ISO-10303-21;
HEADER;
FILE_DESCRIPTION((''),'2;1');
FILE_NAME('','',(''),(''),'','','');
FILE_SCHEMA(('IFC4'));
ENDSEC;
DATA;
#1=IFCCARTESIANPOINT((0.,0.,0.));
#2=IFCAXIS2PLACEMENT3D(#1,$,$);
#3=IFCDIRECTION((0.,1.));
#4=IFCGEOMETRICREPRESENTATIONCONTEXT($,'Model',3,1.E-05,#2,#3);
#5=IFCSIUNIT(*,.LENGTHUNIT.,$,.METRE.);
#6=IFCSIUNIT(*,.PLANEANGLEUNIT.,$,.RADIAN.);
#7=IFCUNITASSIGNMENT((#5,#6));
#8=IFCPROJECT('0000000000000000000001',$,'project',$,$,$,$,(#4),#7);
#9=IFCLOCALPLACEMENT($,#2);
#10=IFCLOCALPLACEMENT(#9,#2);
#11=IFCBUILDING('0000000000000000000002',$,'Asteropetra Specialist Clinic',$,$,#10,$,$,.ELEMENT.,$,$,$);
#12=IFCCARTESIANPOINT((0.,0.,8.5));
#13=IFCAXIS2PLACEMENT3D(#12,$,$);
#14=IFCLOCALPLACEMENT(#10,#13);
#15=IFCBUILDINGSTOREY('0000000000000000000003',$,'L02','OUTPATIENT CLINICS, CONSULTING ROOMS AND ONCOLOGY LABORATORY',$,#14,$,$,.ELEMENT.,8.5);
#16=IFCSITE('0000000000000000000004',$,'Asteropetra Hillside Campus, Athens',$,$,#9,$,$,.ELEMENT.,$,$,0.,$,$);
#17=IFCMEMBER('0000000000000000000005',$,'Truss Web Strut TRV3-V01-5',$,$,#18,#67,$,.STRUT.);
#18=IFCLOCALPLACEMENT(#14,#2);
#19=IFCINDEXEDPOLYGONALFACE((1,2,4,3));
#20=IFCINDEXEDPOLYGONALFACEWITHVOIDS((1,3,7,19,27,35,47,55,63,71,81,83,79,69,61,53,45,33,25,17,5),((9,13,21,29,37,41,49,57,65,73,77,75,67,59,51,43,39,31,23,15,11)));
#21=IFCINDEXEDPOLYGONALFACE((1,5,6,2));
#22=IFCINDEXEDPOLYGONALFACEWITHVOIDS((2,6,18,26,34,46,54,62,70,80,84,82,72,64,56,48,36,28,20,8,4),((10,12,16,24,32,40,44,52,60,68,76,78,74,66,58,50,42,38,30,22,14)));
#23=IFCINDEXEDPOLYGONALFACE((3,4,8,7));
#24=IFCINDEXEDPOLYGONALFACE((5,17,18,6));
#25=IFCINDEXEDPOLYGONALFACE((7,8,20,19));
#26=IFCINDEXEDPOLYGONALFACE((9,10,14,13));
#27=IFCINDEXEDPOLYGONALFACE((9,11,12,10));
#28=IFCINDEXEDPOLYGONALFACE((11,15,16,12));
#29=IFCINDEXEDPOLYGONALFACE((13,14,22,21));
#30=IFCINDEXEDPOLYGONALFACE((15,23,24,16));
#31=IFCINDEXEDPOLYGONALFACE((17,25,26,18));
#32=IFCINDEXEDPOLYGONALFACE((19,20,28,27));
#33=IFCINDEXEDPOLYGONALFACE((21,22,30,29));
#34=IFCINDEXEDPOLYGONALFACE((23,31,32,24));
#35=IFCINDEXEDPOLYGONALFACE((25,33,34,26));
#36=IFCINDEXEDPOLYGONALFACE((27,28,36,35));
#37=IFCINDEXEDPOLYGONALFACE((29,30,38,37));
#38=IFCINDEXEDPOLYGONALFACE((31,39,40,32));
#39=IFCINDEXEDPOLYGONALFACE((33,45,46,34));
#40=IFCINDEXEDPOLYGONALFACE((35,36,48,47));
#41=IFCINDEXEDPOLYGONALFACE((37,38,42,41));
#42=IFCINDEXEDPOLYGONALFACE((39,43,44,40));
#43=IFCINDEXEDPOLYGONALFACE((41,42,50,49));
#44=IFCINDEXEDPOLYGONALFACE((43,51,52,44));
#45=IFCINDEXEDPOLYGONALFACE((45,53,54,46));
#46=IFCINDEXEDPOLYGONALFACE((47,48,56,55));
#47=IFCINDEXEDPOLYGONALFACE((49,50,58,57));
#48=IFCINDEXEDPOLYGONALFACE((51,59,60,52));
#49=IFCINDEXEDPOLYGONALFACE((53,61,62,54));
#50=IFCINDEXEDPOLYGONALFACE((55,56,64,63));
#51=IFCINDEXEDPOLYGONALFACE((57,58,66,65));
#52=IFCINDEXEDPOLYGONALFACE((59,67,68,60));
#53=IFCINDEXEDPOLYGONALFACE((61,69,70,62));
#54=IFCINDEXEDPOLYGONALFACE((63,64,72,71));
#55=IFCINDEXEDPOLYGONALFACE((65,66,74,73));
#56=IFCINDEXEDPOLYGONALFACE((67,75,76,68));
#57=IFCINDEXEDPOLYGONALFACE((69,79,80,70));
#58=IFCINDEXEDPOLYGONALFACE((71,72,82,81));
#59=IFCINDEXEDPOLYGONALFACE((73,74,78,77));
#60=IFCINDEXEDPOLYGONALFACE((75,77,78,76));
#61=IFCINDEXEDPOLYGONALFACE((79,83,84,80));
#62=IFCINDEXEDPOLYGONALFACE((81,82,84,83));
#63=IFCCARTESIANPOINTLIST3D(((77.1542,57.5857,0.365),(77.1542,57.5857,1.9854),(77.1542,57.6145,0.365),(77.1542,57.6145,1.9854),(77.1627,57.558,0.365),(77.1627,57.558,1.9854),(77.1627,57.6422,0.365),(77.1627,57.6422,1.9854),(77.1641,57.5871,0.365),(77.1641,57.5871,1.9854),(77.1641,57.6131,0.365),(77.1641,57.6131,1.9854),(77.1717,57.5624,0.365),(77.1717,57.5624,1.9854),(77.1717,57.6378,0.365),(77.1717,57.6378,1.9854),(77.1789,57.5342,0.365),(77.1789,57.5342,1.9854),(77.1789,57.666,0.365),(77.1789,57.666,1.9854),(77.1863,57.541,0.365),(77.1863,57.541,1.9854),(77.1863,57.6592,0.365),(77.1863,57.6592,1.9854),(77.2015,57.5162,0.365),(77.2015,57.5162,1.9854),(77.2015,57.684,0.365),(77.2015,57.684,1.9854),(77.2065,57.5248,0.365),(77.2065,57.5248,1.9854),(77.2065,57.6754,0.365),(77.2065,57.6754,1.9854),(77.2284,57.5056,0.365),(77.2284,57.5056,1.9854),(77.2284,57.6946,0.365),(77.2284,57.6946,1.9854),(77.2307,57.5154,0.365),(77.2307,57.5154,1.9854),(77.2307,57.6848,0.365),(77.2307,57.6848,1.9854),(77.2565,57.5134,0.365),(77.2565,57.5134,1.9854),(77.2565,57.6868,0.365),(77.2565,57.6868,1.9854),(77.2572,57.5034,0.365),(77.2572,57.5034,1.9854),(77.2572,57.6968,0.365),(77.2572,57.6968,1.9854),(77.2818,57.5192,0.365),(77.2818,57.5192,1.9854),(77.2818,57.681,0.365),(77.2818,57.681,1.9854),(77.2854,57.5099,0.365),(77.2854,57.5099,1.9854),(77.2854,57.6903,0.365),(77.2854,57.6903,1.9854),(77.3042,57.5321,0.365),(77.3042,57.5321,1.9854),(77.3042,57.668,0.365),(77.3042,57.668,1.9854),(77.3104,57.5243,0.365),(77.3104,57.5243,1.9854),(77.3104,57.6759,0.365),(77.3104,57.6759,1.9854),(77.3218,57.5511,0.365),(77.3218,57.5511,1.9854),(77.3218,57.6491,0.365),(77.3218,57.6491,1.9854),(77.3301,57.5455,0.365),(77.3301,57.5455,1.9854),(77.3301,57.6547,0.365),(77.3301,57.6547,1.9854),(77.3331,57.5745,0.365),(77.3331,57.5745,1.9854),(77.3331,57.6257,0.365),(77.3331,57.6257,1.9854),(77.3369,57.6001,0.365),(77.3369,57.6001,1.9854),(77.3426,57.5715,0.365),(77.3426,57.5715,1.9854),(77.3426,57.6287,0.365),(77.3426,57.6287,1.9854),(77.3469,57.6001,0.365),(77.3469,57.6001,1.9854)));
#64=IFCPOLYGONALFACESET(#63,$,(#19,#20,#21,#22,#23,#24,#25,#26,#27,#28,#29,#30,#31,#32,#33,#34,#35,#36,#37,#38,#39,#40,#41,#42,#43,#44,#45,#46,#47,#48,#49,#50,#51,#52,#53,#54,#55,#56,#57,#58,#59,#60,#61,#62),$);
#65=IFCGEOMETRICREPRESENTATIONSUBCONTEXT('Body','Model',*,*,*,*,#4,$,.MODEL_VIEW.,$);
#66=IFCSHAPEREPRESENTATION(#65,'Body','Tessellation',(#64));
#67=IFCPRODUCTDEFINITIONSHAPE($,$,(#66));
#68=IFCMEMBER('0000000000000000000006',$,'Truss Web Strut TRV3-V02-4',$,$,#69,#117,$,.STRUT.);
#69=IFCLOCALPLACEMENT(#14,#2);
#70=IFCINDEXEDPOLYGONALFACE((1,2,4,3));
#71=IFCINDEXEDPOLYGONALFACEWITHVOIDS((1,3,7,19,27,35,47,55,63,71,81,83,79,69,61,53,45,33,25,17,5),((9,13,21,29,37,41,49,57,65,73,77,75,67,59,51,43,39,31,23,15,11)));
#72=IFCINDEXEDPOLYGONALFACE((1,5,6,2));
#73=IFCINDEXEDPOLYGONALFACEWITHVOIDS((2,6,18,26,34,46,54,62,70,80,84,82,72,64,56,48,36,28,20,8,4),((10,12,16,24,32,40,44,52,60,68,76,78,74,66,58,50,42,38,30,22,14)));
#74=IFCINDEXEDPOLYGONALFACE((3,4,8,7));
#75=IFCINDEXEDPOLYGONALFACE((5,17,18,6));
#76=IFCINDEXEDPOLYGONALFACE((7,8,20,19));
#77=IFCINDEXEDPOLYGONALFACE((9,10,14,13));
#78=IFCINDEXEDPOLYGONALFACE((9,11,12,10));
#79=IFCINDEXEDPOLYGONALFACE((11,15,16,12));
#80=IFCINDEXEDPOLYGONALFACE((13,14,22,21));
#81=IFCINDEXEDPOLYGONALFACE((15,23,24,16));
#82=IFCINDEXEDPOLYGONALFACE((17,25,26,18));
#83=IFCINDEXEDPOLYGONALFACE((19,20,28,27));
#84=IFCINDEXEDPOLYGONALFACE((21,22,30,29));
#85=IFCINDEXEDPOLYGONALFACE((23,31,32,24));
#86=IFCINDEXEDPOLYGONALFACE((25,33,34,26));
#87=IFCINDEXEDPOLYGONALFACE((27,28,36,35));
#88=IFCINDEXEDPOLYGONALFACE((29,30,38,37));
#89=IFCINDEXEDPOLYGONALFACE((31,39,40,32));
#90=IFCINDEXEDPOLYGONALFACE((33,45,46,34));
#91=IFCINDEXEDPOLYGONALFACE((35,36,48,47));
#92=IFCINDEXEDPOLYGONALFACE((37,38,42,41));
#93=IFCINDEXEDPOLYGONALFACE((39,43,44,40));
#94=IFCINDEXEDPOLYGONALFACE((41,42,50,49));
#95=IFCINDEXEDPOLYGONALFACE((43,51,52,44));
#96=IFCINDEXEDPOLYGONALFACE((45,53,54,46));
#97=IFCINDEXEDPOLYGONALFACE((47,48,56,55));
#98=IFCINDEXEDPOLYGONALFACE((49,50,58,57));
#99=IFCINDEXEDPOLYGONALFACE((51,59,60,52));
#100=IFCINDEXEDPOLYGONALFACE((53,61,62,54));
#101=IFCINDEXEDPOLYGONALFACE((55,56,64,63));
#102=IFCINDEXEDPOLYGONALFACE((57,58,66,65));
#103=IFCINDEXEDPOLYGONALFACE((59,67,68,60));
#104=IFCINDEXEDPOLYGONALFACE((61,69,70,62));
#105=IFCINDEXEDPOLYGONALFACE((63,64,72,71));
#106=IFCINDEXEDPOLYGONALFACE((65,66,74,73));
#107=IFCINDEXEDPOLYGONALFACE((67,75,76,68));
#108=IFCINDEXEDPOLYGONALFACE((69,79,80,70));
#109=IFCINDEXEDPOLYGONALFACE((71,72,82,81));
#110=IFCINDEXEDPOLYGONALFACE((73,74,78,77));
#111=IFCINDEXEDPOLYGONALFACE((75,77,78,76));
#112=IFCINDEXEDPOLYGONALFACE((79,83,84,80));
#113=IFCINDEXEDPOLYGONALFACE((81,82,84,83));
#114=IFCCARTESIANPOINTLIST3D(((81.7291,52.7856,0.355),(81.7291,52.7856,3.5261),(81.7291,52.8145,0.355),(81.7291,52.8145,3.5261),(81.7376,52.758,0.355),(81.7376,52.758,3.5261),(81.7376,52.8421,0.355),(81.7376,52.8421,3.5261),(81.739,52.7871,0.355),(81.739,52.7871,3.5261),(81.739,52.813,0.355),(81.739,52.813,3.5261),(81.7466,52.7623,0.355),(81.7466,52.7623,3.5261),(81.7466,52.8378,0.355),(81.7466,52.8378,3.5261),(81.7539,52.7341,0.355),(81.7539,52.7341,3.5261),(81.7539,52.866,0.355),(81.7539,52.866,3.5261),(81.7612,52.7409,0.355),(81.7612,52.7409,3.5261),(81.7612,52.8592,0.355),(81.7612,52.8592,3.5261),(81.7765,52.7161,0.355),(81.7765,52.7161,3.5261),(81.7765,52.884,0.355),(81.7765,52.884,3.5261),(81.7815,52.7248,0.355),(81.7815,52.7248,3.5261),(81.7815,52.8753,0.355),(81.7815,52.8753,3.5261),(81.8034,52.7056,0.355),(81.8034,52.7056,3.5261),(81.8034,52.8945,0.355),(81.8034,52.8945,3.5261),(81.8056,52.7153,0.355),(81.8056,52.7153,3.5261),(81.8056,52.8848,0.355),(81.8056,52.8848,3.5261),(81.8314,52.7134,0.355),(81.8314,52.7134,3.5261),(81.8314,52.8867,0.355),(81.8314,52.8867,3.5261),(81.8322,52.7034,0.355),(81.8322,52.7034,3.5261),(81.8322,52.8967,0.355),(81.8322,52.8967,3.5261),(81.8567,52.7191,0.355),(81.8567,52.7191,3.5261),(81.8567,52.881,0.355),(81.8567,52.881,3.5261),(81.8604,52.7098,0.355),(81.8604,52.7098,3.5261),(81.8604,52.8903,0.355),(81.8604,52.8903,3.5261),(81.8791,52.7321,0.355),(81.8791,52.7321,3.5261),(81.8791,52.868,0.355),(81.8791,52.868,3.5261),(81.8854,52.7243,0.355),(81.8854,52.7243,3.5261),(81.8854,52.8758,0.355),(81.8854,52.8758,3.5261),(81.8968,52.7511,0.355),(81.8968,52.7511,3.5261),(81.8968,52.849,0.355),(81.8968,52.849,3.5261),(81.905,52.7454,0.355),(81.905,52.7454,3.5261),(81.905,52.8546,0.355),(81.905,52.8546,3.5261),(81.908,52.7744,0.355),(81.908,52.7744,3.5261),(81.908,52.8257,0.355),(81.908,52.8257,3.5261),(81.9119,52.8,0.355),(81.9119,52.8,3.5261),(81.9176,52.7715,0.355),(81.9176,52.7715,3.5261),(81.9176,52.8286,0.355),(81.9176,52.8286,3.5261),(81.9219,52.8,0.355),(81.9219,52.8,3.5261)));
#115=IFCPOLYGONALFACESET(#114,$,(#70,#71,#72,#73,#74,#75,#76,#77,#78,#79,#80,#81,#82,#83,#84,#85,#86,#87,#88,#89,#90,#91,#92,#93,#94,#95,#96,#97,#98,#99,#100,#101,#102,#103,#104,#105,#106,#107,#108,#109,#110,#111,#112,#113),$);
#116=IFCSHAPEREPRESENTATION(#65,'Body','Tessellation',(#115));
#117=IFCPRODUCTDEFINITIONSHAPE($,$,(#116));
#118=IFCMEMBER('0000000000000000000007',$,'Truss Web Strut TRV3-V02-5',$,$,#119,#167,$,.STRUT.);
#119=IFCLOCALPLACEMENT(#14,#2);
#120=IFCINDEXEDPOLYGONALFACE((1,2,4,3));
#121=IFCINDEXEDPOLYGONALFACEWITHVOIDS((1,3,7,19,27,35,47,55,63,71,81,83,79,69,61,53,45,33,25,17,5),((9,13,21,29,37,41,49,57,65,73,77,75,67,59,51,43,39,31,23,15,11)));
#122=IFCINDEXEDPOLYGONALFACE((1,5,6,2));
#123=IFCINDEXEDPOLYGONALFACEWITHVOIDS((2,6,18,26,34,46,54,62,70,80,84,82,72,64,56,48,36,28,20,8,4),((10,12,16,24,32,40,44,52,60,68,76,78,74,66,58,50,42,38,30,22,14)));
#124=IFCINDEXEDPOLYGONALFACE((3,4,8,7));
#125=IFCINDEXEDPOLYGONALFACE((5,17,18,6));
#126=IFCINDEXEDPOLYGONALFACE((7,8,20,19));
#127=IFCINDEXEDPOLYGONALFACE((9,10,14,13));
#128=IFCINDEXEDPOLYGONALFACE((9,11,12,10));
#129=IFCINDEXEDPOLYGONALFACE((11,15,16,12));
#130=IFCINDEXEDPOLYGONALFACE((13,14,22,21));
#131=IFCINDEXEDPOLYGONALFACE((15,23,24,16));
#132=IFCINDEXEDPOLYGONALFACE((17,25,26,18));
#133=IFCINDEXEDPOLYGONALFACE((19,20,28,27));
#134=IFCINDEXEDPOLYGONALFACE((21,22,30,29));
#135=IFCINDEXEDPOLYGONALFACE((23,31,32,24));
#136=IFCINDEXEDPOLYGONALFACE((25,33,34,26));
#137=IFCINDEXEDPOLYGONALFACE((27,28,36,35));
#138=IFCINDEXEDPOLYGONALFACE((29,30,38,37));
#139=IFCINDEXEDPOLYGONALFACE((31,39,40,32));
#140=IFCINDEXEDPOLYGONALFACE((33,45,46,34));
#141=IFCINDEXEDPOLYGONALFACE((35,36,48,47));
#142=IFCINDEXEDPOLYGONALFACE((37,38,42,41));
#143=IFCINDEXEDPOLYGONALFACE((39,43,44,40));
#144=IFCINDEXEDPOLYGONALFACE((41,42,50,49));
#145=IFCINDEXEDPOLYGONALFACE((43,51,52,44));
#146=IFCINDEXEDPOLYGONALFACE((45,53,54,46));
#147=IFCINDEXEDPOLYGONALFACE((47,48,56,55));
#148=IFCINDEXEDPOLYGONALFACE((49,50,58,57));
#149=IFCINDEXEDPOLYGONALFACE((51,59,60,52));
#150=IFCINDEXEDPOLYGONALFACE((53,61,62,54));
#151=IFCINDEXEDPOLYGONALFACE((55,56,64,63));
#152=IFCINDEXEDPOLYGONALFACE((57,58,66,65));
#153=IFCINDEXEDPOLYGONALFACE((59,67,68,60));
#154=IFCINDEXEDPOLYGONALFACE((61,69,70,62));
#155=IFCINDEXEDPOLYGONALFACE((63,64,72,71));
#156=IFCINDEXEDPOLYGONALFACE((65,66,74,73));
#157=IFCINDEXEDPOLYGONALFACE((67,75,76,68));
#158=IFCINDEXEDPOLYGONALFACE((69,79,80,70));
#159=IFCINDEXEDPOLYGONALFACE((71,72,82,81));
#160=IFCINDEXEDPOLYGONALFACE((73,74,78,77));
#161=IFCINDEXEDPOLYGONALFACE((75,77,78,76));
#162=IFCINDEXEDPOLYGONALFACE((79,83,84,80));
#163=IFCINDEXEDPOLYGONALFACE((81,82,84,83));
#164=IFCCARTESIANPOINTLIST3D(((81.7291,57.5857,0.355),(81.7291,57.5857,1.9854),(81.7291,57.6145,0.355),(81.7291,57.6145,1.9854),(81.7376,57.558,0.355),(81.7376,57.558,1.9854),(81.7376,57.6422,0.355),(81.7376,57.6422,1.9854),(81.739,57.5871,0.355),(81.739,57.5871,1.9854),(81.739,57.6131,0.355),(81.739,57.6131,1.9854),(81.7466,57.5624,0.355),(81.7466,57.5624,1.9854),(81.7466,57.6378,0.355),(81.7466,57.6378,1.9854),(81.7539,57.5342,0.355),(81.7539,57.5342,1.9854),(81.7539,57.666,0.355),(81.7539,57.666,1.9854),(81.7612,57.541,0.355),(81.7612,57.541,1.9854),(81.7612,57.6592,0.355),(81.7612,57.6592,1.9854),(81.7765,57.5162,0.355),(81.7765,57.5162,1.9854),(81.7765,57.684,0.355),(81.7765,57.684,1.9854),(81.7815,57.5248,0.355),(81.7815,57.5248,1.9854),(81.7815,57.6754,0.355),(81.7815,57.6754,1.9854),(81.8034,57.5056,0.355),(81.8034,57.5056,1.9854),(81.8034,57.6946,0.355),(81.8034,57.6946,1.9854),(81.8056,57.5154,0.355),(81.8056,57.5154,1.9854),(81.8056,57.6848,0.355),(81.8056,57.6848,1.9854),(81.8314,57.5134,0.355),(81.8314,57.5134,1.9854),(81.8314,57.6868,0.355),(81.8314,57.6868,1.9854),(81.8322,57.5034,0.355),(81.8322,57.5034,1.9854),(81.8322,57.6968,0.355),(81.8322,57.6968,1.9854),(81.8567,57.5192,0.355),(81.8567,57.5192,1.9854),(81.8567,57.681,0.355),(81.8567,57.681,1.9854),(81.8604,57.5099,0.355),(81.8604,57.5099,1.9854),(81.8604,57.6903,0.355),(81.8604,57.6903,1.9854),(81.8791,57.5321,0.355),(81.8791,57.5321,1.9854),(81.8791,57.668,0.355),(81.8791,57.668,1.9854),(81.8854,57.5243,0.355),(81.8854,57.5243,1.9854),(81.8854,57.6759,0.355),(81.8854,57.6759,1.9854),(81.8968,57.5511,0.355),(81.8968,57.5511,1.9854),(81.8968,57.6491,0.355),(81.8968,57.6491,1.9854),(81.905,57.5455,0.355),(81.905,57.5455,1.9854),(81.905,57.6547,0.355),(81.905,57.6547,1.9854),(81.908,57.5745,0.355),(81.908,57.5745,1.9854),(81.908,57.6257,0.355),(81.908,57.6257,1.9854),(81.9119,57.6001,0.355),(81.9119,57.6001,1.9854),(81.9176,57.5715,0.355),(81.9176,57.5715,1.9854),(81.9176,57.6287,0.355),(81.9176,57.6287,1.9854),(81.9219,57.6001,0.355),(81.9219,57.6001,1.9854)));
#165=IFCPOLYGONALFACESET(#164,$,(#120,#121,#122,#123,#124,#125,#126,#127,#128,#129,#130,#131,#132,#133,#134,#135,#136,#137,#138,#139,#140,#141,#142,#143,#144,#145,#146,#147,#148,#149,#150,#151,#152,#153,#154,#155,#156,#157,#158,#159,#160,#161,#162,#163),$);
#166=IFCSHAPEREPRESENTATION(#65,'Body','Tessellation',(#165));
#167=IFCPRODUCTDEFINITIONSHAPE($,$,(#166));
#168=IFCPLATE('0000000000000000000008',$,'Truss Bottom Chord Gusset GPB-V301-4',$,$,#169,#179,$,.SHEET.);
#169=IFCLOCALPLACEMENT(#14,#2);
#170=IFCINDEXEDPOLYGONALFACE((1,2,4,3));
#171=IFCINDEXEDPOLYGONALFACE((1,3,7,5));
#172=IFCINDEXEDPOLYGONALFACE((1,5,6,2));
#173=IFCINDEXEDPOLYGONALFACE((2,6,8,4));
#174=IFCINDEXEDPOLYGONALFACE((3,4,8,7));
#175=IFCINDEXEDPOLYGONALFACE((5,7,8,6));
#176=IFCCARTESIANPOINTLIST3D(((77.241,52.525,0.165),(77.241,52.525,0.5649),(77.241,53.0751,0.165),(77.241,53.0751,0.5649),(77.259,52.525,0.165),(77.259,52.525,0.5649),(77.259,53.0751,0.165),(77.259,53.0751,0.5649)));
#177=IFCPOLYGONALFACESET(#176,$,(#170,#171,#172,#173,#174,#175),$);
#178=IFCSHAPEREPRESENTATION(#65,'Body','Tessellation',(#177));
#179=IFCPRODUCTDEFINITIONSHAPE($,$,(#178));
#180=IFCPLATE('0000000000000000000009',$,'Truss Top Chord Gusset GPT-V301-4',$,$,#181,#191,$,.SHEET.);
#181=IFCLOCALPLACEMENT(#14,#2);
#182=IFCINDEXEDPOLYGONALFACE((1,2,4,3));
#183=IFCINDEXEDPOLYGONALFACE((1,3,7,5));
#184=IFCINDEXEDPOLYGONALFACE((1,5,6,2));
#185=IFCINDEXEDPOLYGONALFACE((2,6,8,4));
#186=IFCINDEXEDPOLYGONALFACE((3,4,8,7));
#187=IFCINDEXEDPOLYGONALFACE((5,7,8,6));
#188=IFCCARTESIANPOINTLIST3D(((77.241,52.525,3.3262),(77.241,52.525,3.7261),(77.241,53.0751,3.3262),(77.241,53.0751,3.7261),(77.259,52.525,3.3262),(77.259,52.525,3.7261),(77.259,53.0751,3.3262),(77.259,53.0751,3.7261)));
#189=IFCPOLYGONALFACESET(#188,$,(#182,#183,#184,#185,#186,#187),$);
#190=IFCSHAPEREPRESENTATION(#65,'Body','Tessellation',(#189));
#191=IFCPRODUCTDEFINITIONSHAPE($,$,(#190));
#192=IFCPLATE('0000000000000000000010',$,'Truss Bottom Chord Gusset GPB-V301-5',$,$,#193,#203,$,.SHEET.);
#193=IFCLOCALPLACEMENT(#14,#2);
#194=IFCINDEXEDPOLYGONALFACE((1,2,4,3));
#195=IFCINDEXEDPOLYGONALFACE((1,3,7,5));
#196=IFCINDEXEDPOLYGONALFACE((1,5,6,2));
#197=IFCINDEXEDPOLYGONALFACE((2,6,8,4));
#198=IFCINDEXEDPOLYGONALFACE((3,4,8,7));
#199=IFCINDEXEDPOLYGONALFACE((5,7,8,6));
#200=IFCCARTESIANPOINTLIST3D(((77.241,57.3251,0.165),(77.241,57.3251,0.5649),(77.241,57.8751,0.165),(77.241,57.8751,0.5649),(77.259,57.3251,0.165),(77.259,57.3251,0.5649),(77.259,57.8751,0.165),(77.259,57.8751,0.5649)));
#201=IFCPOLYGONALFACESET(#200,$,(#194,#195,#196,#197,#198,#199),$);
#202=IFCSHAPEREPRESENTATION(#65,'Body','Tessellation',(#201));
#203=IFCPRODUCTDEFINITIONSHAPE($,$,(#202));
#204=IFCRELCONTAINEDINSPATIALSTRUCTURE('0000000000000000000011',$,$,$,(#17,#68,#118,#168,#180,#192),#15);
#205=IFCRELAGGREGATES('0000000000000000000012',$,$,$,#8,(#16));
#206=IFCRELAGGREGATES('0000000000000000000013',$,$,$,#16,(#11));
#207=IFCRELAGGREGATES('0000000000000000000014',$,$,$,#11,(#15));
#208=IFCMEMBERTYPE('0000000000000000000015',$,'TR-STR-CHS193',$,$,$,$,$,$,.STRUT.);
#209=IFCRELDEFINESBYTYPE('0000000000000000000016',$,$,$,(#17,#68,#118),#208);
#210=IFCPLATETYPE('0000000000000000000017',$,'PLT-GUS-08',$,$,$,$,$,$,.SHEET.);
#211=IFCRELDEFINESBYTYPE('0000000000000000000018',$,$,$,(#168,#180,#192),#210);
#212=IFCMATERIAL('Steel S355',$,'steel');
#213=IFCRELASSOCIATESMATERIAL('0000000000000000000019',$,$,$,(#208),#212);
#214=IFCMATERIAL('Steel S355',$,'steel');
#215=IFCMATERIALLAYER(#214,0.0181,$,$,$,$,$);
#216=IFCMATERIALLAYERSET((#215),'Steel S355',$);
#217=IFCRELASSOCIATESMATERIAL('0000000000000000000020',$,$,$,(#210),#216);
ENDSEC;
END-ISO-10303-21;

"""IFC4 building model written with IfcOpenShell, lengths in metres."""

from ifc_helpers import new_model, si_unit, direction, frame, origin, origin_2d, place, context, subcontext, project, spatial, rectangle, hollow_circle, extrude, material, layer, layer_set, material_profile, profile_set, type_object, element, save


model = new_model("IFC4")

# Units and contexts
model_context = context("Model", 3, precision=1e-05, world=origin(), true_north=direction((0.0, 1.0)))
body_context = subcontext(model_context, "Body", "Model", "MODEL_VIEW")
ifc_project = project(units=[si_unit("LENGTHUNIT", "METRE"), si_unit("PLANEANGLEUNIT", "RADIAN")], contexts=[model_context])

# Site, building, storey
site_placement = place(None, origin())
site = spatial("IfcSite", under=ifc_project, at=site_placement, Name="Asteropetra Hillside Campus, Athens", CompositionType="ELEMENT", RefElevation=0.0)
building_placement = place(site_placement, origin())
building = spatial("IfcBuilding", under=site, at=building_placement, Name="Asteropetra Specialist Clinic", CompositionType="ELEMENT")
storey_placement = place(building_placement, frame((0.0, 0.0, 8.5)))
storey = spatial("IfcBuildingStorey", under=building, at=storey_placement, Name="L02", Description="OUTPATIENT CLINICS, CONSULTING ROOMS AND ONCOLOGY LABORATORY", CompositionType="ELEMENT", Elevation=8.5)

# Members
ifc_material_1 = material(Name="Steel S355", Category="steel")
ifc_material_profile_1 = material_profile(ifc_material_1, hollow_circle(Radius=0.0969, WallThickness=0.01, at=origin_2d()), Name="CHS 193.7x10.0")
ifc_profile_set_1 = profile_set([ifc_material_profile_1], Name="Steel S355")
member_type_1 = type_object("IfcMemberType", Name="TR-STR-CHS193", PredefinedType="STRUT", material=ifc_profile_set_1)
member_1_placement = place(storey_placement, frame((77.25, 57.6001, 0.365), z_axis=(0.0, 0.0, 1.0), x_axis=(1.0, 0.0, 0.0)))
element("IfcMember", 1, at=member_1_placement, inside=storey, type_object=member_type_1, Name="Truss Web Strut TRV3-V01-5", PredefinedType="STRUT", context=body_context, shape_type="SweptSolid", body=[
    extrude(hollow_circle(Radius=0.0969, WallThickness=0.01, at=origin_2d()), origin(), (0.0, 0.0, 1.0), 1.6204),
])
member_2_placement = place(storey_placement, frame((81.825, 52.8, 0.355), z_axis=(0.0, 0.0, 1.0), x_axis=(1.0, 0.0, 0.0)))
element("IfcMember", 2, at=member_2_placement, inside=storey, type_object=member_type_1, Name="Truss Web Strut TRV3-V02-4", PredefinedType="STRUT", context=body_context, shape_type="SweptSolid", body=[
    extrude(hollow_circle(Radius=0.0969, WallThickness=0.01, at=origin_2d()), origin(), (0.0, 0.0, 1.0), 3.1711),
])
member_3_placement = place(storey_placement, frame((81.825, 57.6001, 0.355), z_axis=(0.0, 0.0, 1.0), x_axis=(1.0, 0.0, 0.0)))
element("IfcMember", 3, at=member_3_placement, inside=storey, type_object=member_type_1, Name="Truss Web Strut TRV3-V02-5", PredefinedType="STRUT", context=body_context, shape_type="SweptSolid", body=[
    extrude(hollow_circle(Radius=0.0969, WallThickness=0.01, at=origin_2d()), origin(), (0.0, 0.0, 1.0), 1.6304),
])

# Plates
ifc_material_2 = material(Name="Steel S355", Category="steel")
ifc_layer_1 = layer(ifc_material_2, 0.0181)
ifc_layer_set_1 = layer_set([ifc_layer_1], Name="Steel S355")
plate_type = type_object("IfcPlateType", Name="PLT-GUS-08", PredefinedType="SHEET", material=ifc_layer_set_1)
for number, where, z_axis, x_axis, name in (
    (4, (77.25, 52.8, 0.165), (0.0, 0.0, 1.0), (1.0, 0.0, 0.0), "Truss Bottom Chord Gusset GPB-V301-4"),
    (5, (77.25, 52.8, 3.3262), (0.0, 0.0, 1.0), (1.0, 0.0, 0.0), "Truss Top Chord Gusset GPT-V301-4"),
    (6, (77.25, 57.6001, 0.165), (0.0, 0.0, 1.0), (1.0, 0.0, 0.0), "Truss Bottom Chord Gusset GPB-V301-5"),
):
    element("IfcPlate", number, at=place(storey_placement, frame(where, z_axis=z_axis, x_axis=x_axis)), inside=storey, type_object=plate_type, Name=name, PredefinedType="SHEET", context=body_context, shape_type="SweptSolid", body=[
        extrude(rectangle(XDim=0.0181, YDim=0.55, at=origin_2d()), origin(), (0.0, 0.0, 1.0), 0.3999),
    ])

save(model, "model.ifc")
